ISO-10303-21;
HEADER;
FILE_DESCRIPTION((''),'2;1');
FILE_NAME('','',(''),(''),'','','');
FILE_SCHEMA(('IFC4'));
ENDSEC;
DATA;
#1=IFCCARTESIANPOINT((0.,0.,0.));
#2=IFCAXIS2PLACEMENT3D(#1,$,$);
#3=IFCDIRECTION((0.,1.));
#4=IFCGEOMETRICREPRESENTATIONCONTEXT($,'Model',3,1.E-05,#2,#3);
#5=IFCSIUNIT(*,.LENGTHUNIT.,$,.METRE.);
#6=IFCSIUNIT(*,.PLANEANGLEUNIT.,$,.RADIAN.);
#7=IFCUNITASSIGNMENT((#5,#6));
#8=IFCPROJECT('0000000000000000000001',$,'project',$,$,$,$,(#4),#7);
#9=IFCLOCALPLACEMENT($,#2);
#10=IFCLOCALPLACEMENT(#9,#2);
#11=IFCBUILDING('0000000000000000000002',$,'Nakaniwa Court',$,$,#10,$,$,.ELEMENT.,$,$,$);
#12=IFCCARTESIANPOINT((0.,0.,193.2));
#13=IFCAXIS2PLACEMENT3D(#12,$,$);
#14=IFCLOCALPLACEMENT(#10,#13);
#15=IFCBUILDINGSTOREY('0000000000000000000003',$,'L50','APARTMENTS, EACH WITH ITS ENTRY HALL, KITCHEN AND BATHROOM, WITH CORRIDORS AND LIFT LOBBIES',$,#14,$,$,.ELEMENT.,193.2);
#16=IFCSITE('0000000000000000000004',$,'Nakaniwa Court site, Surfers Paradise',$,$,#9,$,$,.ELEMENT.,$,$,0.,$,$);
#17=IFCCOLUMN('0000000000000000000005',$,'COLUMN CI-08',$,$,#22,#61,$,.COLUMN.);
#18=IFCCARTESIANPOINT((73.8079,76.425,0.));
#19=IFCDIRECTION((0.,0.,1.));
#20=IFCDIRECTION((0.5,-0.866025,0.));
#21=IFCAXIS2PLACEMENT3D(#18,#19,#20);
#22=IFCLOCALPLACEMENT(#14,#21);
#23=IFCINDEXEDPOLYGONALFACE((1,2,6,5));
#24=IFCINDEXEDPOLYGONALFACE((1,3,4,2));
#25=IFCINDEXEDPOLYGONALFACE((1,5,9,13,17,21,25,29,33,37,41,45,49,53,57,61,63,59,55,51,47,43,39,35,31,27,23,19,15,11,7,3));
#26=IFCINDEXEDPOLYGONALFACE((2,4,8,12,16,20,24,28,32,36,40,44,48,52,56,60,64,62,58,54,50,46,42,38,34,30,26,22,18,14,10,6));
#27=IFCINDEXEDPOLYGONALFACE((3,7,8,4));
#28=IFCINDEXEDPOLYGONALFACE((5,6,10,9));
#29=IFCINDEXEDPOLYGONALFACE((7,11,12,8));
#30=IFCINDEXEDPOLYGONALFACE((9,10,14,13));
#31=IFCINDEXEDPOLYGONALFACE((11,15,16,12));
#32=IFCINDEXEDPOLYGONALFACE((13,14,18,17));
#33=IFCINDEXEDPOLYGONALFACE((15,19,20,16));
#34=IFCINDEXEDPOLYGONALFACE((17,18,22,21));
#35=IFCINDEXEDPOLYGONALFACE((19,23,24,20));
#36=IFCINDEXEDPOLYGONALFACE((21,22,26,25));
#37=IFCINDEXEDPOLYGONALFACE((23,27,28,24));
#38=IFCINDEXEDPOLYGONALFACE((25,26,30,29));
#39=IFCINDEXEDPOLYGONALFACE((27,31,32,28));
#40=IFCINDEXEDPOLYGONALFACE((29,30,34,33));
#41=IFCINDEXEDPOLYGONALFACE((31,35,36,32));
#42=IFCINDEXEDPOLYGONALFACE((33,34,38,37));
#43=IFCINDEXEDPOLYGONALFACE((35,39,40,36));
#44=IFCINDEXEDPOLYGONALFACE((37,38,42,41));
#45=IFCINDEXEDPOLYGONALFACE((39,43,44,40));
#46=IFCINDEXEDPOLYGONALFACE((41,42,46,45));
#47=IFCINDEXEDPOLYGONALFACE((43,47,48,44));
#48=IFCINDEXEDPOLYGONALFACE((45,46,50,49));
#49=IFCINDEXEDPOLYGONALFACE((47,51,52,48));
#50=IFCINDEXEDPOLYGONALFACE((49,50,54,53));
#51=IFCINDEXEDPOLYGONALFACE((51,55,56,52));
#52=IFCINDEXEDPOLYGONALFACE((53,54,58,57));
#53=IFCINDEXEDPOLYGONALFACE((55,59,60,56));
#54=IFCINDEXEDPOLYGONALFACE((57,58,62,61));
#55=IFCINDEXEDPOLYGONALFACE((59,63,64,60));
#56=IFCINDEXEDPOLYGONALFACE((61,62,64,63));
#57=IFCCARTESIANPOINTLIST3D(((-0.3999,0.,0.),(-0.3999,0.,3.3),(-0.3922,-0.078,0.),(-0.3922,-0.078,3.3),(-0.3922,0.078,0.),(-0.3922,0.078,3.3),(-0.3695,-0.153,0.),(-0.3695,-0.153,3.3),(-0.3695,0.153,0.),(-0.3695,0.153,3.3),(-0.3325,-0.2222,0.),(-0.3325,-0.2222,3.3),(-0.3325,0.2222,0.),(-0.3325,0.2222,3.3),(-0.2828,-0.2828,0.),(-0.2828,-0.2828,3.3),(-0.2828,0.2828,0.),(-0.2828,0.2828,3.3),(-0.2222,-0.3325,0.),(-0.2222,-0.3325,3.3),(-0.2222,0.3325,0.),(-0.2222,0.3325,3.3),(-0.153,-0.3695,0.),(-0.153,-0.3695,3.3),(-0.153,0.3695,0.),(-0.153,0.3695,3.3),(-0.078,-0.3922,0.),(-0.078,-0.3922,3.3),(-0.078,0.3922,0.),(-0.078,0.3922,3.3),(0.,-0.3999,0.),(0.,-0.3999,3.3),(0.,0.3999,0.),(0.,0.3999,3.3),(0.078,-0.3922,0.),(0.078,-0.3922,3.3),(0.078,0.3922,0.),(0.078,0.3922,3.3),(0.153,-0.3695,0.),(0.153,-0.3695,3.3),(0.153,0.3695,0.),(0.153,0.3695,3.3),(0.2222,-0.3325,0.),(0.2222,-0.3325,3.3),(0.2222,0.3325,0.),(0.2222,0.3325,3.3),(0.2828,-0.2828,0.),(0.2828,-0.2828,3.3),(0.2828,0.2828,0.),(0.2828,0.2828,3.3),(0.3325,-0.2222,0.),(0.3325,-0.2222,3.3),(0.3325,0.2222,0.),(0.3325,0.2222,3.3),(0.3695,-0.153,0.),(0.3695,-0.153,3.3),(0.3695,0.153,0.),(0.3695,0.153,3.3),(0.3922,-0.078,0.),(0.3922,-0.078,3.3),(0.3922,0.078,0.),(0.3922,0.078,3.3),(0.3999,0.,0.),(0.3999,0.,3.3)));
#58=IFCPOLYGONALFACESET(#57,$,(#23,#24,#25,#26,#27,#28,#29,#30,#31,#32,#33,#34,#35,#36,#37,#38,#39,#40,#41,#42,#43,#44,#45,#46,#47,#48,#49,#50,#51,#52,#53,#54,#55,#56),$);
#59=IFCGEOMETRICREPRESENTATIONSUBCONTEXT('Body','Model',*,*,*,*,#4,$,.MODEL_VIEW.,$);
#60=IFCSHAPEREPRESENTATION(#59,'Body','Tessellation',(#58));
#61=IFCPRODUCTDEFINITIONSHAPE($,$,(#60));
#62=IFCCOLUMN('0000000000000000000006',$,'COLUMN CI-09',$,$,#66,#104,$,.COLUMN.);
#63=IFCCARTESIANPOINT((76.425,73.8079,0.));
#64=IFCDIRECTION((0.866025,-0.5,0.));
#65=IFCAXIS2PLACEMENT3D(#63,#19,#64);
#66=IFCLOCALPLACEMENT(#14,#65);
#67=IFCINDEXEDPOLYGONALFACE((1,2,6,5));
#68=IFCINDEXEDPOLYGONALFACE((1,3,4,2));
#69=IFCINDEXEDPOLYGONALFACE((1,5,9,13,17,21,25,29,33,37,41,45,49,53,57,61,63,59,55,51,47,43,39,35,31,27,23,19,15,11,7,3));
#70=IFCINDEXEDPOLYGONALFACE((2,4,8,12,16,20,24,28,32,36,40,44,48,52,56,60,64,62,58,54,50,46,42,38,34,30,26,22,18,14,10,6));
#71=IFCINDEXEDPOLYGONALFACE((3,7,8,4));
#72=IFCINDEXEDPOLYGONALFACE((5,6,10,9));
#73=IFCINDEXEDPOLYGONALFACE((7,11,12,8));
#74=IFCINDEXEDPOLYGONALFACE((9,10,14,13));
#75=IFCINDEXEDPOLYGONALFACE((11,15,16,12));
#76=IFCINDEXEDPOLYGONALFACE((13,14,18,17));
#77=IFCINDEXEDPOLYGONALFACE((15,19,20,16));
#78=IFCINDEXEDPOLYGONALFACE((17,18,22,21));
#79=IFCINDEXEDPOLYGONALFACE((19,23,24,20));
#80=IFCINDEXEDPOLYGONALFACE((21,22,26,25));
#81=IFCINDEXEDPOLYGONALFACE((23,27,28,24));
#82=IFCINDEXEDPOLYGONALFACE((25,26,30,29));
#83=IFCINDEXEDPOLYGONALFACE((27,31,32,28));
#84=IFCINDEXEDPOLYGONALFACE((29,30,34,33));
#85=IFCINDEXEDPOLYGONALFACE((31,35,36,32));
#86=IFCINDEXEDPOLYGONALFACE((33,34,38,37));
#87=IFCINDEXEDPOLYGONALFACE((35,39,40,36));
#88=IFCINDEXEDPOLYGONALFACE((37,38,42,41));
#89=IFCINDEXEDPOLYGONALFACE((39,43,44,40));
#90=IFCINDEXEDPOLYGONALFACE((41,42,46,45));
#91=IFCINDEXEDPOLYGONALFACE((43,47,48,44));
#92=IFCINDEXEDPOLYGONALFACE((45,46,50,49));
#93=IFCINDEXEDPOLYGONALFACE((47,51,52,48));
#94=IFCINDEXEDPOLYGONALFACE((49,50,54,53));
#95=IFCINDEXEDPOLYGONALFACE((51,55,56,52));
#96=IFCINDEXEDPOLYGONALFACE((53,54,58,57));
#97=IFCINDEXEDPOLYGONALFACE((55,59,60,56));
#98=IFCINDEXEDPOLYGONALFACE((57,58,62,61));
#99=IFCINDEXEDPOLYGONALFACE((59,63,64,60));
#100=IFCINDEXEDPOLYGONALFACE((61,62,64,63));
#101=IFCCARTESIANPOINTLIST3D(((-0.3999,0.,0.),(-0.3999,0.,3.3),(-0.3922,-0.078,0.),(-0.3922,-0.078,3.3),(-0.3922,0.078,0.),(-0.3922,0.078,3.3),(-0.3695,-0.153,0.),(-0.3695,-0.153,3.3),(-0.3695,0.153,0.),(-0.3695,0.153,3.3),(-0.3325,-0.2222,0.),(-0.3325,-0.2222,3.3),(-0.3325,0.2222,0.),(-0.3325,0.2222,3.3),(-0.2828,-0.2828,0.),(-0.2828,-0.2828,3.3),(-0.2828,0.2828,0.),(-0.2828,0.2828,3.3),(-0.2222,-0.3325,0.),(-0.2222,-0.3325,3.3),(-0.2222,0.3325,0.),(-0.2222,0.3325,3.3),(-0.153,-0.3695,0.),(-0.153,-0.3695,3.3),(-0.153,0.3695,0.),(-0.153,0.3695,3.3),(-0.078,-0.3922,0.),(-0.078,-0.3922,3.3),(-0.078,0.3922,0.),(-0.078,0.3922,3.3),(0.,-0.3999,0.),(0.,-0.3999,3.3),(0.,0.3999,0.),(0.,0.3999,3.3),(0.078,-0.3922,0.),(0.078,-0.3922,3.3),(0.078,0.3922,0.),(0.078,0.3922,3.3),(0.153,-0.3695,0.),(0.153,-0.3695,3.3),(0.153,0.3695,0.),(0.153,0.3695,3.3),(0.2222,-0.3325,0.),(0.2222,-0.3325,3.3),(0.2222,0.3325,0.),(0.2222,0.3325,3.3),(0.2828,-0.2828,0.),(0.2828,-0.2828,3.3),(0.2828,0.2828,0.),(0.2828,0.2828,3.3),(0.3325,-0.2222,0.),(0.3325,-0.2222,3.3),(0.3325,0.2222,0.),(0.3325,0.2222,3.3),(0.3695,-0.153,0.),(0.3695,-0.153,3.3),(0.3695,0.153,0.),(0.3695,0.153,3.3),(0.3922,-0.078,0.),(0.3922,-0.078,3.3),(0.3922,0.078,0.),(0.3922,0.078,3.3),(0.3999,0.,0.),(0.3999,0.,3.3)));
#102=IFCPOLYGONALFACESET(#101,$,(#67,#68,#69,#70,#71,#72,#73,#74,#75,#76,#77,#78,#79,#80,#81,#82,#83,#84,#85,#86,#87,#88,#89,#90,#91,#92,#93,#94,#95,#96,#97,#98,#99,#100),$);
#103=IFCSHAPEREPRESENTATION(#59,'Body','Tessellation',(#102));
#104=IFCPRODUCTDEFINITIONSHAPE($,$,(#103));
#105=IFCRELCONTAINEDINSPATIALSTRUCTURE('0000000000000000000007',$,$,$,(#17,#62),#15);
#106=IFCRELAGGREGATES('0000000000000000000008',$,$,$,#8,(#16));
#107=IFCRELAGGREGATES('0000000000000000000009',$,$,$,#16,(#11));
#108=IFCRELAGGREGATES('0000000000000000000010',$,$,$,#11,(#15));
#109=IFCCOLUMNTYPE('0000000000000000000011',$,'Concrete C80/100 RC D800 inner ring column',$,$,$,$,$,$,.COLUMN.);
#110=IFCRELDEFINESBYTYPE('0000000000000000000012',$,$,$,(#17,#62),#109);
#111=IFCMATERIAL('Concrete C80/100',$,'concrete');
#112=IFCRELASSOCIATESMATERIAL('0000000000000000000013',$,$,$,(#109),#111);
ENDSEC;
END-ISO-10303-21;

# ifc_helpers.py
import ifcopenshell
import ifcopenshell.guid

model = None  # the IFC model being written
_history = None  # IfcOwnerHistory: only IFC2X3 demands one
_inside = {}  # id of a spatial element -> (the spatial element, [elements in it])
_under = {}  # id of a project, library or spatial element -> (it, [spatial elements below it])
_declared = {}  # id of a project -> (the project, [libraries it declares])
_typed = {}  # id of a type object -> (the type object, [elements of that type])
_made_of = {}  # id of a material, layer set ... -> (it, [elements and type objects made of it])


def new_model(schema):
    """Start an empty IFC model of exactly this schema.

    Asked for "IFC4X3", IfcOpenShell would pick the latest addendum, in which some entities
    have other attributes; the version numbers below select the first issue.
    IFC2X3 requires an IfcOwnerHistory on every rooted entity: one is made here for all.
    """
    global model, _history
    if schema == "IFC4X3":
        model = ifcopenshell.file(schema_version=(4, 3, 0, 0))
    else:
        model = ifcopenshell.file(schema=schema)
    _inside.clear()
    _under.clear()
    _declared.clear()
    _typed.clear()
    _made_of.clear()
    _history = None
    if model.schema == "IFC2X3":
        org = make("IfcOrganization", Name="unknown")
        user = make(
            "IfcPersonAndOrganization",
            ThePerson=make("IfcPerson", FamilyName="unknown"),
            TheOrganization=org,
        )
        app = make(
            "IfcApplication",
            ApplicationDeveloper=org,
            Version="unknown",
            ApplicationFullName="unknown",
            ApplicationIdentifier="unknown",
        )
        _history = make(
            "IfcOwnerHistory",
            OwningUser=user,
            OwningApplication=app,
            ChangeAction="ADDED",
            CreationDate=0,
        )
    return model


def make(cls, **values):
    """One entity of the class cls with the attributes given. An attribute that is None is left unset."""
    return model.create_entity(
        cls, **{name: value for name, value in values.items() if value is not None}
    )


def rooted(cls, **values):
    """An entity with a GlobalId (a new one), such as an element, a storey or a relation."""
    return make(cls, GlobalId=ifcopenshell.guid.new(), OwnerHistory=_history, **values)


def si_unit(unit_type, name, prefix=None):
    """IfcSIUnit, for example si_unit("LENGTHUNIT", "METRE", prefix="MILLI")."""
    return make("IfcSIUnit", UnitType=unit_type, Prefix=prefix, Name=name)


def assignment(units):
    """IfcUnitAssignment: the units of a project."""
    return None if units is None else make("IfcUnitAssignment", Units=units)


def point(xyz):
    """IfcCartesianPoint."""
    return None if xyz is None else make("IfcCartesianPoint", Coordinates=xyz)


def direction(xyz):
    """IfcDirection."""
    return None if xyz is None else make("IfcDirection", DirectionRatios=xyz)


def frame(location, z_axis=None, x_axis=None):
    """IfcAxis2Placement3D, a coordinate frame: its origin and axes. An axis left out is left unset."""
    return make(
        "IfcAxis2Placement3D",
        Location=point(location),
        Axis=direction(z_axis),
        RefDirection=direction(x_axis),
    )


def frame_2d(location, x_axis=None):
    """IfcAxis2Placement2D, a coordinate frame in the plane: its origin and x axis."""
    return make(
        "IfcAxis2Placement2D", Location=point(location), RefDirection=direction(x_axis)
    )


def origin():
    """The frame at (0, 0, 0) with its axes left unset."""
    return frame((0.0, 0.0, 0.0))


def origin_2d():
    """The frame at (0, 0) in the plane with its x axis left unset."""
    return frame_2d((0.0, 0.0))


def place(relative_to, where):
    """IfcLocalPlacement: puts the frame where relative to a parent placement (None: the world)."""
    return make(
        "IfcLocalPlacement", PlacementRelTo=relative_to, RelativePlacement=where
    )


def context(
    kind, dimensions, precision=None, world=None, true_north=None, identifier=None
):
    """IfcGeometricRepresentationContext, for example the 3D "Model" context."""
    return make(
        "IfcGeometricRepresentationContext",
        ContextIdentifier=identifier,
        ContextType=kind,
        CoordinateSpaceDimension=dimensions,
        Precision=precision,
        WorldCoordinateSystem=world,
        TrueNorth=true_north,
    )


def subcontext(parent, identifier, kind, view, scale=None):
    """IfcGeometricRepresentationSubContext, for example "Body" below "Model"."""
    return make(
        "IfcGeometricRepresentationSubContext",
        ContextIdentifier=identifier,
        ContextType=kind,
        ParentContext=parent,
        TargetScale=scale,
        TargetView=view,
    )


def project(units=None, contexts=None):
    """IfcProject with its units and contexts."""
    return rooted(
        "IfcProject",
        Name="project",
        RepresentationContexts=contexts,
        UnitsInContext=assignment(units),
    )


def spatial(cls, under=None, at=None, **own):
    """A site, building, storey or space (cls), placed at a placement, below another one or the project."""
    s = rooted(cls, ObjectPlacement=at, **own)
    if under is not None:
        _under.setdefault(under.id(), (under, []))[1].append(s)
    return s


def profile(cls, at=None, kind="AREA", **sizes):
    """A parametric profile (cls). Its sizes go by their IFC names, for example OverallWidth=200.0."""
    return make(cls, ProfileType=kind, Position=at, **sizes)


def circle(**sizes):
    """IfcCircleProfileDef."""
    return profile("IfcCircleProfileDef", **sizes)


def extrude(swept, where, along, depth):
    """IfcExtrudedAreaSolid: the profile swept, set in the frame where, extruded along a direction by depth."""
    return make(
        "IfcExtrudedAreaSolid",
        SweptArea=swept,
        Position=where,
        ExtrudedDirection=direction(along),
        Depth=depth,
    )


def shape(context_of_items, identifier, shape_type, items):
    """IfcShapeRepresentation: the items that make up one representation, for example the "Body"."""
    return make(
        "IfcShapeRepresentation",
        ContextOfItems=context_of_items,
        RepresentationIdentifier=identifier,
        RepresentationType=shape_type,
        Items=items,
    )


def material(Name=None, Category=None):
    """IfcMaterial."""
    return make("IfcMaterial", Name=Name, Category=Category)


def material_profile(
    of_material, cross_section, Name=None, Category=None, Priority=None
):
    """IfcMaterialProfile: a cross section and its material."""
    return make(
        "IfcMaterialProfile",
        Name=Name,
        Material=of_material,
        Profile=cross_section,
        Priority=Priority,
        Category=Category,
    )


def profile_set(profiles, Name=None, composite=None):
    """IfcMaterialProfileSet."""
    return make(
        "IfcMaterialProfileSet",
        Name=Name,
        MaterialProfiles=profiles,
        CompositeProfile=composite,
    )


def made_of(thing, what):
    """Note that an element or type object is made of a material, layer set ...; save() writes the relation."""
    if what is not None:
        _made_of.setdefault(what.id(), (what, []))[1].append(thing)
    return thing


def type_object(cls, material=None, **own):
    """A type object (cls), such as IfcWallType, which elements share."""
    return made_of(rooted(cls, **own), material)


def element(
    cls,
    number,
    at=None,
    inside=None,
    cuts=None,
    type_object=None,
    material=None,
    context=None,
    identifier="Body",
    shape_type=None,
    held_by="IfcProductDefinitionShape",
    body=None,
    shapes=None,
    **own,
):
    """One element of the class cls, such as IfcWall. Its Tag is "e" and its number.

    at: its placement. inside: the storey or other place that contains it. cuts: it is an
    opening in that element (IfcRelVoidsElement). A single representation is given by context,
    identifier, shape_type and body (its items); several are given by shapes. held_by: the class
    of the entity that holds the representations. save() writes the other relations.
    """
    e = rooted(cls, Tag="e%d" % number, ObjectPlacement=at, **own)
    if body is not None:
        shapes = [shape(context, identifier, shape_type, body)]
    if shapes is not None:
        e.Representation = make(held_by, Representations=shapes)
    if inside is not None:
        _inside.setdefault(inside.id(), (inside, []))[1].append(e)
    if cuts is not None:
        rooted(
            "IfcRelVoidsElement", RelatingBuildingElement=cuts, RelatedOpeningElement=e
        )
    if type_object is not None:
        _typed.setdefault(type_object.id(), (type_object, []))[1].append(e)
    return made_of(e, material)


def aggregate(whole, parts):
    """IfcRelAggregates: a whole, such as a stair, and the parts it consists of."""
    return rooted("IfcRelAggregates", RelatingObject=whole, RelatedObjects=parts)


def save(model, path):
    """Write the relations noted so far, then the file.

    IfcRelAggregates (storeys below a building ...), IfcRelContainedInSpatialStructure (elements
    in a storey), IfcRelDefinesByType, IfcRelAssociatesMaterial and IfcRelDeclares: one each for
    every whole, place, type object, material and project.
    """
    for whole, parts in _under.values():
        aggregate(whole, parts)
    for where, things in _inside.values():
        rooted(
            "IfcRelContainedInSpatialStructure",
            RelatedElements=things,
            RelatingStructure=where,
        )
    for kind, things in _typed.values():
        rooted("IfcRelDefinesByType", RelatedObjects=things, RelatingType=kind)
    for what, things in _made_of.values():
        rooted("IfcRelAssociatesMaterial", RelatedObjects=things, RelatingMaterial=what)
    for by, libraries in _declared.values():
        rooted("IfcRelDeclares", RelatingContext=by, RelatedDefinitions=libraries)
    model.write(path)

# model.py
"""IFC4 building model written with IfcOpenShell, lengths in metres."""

from ifc_helpers import new_model, si_unit, direction, frame, origin, origin_2d, place, context, subcontext, project, spatial, circle, extrude, material, material_profile, profile_set, type_object, element, save


model = new_model("IFC4")

# Units and contexts
model_context = context("Model", 3, precision=1e-05, world=origin(), true_north=direction((0.0, 1.0)))
body_context = subcontext(model_context, "Body", "Model", "MODEL_VIEW")
ifc_project = project(units=[si_unit("LENGTHUNIT", "METRE"), si_unit("PLANEANGLEUNIT", "RADIAN")], contexts=[model_context])

# Site, building, storey
site_placement = place(None, origin())
site = spatial("IfcSite", under=ifc_project, at=site_placement, Name="Nakaniwa Court site, Surfers Paradise", CompositionType="ELEMENT", RefElevation=0.0)
building_placement = place(site_placement, origin())
building = spatial("IfcBuilding", under=site, at=building_placement, Name="Nakaniwa Court", CompositionType="ELEMENT")
storey_placement = place(building_placement, frame((0.0, 0.0, 193.2)))
storey = spatial("IfcBuildingStorey", under=building, at=storey_placement, Name="L50", Description="APARTMENTS, EACH WITH ITS ENTRY HALL, KITCHEN AND BATHROOM, WITH CORRIDORS AND LIFT LOBBIES", CompositionType="ELEMENT", Elevation=193.2)

# Columns
ifc_material_1 = material(Name="Concrete C80/100", Category="concrete")
ifc_material_profile_1 = material_profile(ifc_material_1, circle(Radius=0.3999, at=origin_2d()), Name="Concrete C80/100 RC D800 inner ring column")
ifc_profile_set_1 = profile_set([ifc_material_profile_1], Name="Concrete C80/100")
column_type_1 = type_object("IfcColumnType", Name="Concrete C80/100 RC D800 inner ring column", PredefinedType="COLUMN", material=ifc_profile_set_1)
for number, where, z_axis, x_axis, name in (
    (1, (73.8079, 76.425, 0.0), (0.0, 0.0, 1.0), (0.5, -0.866025, 0.0), "COLUMN CI-08"),
    (2, (76.425, 73.8079, 0.0), (0.0, 0.0, 1.0), (0.866025, -0.5, 0.0), "COLUMN CI-09"),
):
    element("IfcColumn", number, at=place(storey_placement, frame(where, z_axis=z_axis, x_axis=x_axis)), inside=storey, type_object=column_type_1, Name=name, PredefinedType="COLUMN", context=body_context, shape_type="SweptSolid", body=[
        extrude(circle(Radius=0.3999, at=origin_2d()), origin(), (0.0, 0.0, 1.0), 3.3),
    ])

save(model, "model.ifc")
